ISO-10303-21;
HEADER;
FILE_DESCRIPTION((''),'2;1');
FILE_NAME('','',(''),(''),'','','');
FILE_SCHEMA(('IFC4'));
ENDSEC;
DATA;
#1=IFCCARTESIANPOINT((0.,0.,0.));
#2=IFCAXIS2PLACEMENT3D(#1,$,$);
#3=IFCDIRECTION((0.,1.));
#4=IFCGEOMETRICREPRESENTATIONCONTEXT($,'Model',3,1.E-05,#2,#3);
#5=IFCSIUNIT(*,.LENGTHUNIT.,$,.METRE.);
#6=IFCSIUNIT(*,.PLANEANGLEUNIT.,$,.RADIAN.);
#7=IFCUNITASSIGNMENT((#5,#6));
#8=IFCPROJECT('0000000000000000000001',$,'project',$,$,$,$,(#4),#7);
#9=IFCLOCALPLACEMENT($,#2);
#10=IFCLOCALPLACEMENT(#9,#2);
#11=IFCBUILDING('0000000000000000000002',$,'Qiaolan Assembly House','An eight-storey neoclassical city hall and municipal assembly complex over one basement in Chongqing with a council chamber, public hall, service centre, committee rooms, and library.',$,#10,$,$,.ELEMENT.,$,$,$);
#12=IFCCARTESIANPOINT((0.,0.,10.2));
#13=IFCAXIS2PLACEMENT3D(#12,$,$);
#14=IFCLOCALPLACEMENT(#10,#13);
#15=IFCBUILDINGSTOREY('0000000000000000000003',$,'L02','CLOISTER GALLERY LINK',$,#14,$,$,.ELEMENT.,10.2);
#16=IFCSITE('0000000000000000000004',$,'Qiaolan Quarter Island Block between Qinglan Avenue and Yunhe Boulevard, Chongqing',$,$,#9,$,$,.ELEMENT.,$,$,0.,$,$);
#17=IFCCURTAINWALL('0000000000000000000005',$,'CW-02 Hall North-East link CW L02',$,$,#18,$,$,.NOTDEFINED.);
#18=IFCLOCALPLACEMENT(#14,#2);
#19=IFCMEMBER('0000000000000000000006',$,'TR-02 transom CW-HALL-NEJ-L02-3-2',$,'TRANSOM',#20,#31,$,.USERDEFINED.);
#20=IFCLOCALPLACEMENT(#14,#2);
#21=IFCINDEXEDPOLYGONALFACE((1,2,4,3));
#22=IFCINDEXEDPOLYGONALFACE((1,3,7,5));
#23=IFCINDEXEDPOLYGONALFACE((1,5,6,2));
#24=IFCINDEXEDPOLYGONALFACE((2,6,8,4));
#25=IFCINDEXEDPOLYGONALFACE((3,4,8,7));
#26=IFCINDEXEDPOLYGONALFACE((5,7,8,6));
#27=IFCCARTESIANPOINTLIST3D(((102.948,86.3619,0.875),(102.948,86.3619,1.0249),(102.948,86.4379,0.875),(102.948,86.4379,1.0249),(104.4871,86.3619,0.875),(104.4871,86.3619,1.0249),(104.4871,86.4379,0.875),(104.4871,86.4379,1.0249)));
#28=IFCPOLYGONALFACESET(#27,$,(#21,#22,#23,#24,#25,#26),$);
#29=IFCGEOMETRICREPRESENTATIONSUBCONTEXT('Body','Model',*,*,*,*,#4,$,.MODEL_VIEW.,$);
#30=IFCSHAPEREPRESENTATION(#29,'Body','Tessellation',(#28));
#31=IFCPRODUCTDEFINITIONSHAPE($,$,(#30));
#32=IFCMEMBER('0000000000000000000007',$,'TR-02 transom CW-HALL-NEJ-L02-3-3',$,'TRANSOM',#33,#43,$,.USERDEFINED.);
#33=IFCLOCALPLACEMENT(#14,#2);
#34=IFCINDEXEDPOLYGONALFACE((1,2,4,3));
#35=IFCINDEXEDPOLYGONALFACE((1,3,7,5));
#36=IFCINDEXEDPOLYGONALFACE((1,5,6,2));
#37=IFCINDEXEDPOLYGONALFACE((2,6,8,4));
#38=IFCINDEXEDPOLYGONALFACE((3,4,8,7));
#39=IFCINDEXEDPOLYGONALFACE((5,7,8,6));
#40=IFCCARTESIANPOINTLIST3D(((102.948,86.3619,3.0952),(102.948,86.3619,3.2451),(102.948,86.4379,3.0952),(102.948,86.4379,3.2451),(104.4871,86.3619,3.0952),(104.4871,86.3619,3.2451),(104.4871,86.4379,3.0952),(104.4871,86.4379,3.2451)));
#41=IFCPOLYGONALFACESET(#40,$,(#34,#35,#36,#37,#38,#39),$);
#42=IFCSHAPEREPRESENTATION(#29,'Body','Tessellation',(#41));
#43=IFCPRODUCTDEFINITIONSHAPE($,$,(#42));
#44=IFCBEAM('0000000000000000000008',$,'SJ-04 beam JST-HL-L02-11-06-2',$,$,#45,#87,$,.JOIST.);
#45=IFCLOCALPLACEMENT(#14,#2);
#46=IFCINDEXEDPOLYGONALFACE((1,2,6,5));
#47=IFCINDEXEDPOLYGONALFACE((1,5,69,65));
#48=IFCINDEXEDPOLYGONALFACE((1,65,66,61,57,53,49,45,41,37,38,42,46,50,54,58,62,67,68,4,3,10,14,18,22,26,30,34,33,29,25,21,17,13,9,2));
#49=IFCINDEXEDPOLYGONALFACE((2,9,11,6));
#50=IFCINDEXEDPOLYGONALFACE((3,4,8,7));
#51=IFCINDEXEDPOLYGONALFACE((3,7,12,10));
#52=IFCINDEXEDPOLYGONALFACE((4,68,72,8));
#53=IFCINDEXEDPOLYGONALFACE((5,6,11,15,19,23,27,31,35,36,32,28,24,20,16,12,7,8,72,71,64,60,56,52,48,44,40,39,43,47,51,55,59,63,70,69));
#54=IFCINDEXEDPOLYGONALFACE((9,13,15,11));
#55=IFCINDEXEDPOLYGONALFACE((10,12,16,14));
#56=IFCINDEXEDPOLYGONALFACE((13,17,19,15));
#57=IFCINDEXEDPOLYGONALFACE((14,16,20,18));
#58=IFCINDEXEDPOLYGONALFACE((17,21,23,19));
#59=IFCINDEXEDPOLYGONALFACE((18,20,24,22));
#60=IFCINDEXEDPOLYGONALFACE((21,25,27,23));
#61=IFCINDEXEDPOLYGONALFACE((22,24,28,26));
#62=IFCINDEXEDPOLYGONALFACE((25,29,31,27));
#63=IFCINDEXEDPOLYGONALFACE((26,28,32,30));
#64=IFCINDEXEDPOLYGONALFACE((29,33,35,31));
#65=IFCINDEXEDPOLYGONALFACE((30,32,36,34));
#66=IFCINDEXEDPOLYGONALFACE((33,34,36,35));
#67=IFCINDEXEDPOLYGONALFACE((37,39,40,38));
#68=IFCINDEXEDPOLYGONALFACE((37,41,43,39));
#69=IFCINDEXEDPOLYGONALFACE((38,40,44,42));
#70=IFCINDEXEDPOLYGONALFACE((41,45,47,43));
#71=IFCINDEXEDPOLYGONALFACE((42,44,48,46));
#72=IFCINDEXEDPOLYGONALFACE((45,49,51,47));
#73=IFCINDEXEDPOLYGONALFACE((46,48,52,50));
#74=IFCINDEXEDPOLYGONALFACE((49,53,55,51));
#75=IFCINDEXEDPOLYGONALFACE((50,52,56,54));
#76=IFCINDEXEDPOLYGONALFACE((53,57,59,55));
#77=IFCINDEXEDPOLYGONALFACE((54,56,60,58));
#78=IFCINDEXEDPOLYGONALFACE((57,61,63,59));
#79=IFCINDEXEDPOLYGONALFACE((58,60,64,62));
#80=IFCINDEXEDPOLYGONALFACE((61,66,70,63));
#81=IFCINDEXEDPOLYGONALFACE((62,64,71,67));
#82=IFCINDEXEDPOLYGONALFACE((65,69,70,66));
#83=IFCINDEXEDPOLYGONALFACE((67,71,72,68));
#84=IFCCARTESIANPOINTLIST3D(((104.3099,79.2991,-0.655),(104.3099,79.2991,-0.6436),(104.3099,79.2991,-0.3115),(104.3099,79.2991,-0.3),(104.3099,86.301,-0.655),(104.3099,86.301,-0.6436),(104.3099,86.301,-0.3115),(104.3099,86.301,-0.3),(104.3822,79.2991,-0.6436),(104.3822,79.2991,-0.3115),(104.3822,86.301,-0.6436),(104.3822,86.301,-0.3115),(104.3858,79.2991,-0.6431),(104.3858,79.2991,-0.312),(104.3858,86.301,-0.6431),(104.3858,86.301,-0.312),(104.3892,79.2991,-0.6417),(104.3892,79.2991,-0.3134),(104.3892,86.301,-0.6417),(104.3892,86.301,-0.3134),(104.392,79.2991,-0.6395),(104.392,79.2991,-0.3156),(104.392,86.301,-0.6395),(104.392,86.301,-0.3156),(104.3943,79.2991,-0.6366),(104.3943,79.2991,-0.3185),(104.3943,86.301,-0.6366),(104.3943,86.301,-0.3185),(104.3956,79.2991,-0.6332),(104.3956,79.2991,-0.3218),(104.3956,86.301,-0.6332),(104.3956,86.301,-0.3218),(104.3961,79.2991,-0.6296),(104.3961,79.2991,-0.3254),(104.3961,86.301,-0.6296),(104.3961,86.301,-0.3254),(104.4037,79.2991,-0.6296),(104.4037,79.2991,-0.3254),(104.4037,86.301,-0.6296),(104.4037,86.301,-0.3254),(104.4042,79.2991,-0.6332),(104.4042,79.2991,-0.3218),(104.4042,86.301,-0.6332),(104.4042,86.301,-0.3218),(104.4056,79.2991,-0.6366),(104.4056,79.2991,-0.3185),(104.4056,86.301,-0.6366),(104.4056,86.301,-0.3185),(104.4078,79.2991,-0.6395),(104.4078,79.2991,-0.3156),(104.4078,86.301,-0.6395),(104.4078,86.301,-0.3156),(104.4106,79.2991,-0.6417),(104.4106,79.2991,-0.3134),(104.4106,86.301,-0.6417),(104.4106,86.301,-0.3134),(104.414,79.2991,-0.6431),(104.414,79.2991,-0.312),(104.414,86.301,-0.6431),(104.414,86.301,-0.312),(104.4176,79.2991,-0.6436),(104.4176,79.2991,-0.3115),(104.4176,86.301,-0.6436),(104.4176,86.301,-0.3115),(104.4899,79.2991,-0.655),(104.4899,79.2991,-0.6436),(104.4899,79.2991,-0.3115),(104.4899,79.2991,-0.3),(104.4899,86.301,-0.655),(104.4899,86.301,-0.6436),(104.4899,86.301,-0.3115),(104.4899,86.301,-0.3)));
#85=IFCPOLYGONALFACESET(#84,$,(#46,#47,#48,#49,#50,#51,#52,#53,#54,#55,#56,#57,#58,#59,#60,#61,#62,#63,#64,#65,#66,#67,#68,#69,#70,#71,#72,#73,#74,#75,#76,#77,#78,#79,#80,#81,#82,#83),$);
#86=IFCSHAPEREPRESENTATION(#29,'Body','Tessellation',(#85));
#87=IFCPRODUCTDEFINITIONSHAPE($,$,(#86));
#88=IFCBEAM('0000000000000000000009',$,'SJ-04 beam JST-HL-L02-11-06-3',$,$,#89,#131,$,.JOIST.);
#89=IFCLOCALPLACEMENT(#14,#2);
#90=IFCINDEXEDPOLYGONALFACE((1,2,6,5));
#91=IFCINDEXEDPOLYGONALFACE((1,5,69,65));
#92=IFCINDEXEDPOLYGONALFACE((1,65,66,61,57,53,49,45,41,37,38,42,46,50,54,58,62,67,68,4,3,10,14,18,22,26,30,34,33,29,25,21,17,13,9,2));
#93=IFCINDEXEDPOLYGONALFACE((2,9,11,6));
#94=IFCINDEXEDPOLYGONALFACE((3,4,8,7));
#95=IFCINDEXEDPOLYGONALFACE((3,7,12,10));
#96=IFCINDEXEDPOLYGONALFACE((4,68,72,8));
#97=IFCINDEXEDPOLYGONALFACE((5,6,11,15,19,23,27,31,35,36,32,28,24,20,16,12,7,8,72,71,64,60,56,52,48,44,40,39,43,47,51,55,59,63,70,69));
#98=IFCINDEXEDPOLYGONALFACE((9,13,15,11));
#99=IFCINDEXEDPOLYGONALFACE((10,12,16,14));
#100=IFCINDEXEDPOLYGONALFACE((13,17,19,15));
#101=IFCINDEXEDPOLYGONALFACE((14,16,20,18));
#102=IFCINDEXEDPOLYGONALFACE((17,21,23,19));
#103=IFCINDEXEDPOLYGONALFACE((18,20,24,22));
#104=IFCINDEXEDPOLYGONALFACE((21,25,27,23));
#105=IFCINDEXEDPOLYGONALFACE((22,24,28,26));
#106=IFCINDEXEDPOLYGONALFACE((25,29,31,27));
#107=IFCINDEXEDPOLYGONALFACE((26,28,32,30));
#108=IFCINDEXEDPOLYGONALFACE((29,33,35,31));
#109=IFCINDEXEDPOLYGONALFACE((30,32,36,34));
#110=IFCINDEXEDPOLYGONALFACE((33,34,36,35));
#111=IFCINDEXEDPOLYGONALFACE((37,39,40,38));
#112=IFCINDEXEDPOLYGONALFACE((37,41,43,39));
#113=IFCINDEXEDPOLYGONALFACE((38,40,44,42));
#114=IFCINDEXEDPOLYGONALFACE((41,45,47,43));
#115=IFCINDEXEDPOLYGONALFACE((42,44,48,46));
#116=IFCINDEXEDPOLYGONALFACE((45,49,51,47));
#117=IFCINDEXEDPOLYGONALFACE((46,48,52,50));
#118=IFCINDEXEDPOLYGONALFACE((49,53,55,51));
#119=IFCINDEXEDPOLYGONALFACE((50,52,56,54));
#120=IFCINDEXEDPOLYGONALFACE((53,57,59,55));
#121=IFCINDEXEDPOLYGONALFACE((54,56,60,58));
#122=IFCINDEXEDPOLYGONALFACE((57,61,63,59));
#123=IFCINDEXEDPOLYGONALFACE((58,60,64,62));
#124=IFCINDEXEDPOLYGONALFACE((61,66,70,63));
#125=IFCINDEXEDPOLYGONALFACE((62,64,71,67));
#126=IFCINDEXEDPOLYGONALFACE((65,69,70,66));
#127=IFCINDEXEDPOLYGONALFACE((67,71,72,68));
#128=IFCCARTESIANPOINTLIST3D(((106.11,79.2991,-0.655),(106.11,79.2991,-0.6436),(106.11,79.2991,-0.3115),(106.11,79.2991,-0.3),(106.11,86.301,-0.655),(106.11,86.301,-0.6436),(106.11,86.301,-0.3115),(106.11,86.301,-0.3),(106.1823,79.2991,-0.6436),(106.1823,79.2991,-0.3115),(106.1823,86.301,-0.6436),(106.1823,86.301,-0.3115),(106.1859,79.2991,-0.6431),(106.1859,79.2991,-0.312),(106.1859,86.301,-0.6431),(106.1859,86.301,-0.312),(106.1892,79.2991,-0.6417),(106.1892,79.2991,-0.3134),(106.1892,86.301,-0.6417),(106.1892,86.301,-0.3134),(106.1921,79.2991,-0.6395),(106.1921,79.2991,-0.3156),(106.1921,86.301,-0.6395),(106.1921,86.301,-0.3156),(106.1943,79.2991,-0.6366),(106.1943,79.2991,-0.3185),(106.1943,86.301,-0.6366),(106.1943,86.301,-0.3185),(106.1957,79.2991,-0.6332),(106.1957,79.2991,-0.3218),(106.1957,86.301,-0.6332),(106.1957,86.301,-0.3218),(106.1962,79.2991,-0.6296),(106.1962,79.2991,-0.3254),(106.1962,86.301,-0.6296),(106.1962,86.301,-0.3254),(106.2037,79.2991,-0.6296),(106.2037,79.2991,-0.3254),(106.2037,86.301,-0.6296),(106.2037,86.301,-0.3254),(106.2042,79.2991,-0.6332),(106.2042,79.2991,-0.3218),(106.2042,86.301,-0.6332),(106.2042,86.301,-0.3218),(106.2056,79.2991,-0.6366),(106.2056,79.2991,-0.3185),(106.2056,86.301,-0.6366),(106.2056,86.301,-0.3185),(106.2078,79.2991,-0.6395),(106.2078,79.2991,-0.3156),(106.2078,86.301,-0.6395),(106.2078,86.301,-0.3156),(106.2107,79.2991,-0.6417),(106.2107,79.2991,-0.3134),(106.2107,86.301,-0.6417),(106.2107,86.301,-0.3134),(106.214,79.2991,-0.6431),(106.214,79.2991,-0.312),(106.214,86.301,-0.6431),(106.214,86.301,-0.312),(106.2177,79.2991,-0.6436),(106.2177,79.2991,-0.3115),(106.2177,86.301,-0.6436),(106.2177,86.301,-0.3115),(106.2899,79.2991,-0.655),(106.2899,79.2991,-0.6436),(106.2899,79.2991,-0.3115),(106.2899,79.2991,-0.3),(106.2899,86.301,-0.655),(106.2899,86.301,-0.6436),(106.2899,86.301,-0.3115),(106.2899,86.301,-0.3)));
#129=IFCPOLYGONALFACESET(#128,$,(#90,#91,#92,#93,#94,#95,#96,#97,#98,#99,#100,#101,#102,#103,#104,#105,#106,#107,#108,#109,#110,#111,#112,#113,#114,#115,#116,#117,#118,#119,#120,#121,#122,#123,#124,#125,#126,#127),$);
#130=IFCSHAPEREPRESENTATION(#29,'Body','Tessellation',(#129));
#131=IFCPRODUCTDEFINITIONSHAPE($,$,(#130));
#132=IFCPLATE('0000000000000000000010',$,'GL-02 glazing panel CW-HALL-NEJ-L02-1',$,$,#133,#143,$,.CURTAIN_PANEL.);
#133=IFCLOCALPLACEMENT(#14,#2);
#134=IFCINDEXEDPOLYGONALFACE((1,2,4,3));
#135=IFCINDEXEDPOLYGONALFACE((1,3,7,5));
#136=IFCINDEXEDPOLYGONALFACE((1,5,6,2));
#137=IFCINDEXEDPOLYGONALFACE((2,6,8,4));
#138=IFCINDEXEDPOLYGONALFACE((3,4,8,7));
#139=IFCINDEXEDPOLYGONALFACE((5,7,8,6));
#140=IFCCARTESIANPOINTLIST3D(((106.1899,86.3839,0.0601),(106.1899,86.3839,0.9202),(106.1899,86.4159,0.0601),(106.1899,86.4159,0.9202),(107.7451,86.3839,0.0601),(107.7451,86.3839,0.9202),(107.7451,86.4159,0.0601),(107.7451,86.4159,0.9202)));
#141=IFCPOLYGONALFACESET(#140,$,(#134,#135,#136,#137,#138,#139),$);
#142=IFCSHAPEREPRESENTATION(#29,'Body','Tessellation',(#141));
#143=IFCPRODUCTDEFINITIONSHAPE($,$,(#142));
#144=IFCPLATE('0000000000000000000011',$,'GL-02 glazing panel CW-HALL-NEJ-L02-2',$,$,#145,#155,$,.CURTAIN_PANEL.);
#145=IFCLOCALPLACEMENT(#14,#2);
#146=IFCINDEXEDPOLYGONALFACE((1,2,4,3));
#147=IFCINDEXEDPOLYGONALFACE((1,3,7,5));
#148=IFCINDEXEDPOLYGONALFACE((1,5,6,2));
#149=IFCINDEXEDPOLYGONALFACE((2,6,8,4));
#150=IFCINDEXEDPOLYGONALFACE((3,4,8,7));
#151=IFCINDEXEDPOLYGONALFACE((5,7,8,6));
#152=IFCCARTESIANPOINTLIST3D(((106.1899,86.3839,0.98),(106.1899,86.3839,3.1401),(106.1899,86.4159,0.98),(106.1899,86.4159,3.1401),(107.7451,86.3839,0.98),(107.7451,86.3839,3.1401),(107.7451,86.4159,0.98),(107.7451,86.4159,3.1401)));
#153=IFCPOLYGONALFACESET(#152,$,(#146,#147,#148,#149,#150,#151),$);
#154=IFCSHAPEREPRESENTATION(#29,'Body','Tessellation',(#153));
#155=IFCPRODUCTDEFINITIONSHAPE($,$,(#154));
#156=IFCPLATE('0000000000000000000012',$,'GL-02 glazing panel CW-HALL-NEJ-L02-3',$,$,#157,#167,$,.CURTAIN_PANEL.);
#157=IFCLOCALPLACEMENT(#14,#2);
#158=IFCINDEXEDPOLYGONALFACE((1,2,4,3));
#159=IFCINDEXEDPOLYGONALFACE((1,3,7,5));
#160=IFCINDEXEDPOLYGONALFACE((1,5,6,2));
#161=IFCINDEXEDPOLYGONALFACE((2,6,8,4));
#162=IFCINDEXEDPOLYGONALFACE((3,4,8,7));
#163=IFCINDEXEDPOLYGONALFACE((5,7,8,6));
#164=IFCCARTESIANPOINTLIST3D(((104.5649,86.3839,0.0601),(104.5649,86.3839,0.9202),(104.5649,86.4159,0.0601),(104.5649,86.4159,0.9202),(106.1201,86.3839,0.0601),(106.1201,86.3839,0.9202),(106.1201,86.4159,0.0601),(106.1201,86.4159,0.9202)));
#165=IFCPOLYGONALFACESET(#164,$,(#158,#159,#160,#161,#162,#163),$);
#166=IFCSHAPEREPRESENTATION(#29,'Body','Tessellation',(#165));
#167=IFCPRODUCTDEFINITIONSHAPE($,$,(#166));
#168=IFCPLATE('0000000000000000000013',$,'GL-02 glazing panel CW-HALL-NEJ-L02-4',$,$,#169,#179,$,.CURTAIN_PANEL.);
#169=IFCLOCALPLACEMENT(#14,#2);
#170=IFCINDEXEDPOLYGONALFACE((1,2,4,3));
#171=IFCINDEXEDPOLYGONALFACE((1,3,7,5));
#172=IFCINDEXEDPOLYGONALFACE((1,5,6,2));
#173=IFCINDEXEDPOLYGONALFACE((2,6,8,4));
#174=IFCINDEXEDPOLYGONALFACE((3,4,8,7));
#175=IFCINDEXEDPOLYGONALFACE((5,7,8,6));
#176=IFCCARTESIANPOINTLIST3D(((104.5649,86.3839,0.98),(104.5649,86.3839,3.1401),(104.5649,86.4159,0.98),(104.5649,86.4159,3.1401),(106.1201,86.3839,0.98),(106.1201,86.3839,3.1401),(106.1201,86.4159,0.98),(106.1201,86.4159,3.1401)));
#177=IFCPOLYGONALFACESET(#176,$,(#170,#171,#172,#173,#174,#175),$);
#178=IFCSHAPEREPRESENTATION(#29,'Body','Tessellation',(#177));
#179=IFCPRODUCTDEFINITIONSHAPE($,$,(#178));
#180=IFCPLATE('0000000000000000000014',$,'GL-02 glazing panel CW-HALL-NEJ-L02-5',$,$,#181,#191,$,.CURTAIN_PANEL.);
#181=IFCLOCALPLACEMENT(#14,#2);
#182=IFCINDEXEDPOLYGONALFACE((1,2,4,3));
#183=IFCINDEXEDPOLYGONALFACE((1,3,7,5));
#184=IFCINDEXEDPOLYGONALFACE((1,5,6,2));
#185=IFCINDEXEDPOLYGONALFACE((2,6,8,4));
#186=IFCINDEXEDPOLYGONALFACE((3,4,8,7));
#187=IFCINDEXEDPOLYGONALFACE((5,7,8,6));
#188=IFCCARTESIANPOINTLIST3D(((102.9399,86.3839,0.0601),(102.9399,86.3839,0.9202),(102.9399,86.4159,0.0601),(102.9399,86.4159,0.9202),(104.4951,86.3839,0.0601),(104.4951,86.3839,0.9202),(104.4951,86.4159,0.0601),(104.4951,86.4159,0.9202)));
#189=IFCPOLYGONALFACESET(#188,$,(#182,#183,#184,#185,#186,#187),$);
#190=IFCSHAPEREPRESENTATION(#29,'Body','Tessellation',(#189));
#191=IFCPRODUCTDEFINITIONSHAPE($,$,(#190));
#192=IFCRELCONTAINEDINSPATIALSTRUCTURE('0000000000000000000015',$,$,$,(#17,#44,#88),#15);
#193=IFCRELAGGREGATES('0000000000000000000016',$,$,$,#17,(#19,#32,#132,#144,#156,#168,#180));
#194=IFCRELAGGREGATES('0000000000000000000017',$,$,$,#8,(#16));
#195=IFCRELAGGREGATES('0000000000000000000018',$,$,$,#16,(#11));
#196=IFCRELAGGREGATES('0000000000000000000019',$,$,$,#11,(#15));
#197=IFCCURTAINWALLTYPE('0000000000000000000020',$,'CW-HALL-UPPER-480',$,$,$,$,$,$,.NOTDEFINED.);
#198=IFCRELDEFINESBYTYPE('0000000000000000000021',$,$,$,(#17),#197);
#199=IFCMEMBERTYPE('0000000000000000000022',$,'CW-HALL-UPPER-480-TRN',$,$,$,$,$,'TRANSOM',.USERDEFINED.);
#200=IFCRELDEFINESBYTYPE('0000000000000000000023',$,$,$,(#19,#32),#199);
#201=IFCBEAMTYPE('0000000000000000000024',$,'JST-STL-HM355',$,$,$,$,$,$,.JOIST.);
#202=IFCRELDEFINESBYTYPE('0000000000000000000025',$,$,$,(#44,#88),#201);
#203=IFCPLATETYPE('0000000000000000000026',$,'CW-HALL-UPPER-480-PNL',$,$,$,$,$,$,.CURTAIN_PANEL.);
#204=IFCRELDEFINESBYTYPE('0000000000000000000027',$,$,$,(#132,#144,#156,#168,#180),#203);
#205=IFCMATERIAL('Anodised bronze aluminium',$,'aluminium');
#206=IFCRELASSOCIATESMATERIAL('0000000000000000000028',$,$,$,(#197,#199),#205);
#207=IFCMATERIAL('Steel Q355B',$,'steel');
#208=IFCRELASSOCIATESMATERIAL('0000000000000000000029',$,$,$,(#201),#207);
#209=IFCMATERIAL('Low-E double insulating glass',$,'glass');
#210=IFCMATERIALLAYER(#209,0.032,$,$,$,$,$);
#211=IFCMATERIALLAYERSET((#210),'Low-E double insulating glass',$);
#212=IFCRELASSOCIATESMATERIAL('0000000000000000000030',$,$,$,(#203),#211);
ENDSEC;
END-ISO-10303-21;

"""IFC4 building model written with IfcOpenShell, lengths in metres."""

from ifc_helpers import new_model, si_unit, direction, frame, frame_2d, origin, origin_2d, place, context, subcontext, project, spatial, rectangle, i_section, extrude, material, layer, layer_set, material_profile, profile_set, type_object, element, aggregate, save


model = new_model("IFC4")

# Units and contexts
model_context = context("Model", 3, precision=1e-05, world=origin(), true_north=direction((0.0, 1.0)))
body_context = subcontext(model_context, "Body", "Model", "MODEL_VIEW")
ifc_project = project(units=[si_unit("LENGTHUNIT", "METRE"), si_unit("PLANEANGLEUNIT", "RADIAN")], contexts=[model_context])

# Site, building, storey
site_placement = place(None, origin())
site = spatial("IfcSite", under=ifc_project, at=site_placement, Name="Qiaolan Quarter Island Block between Qinglan Avenue and Yunhe Boulevard, Chongqing", CompositionType="ELEMENT", RefElevation=0.0)
building_placement = place(site_placement, origin())
building = spatial("IfcBuilding", under=site, at=building_placement, Name="Qiaolan Assembly House", Description="An eight-storey neoclassical city hall and municipal assembly complex over one basement in Chongqing with a council chamber, public hall, service centre, committee rooms, and library.", CompositionType="ELEMENT")
storey_placement = place(building_placement, frame((0.0, 0.0, 10.2)))
storey = spatial("IfcBuildingStorey", under=building, at=storey_placement, Name="L02", Description="CLOISTER GALLERY LINK", CompositionType="ELEMENT", Elevation=10.2)

# Shared definitions
ifc_material_1 = material(Name="Steel Q355B", Category="steel")

# Curtain wall, members
ifc_material_2 = material(Name="Anodised bronze aluminium", Category="aluminium")
curtain_wall_type = type_object("IfcCurtainWallType", Name="CW-HALL-UPPER-480", PredefinedType="NOTDEFINED", material=ifc_material_2)
curtain_wall_placement = place(storey_placement, origin())
curtain_wall = element("IfcCurtainWall", 1, at=curtain_wall_placement, inside=storey, type_object=curtain_wall_type, Name="CW-02 Hall North-East link CW L02", PredefinedType="NOTDEFINED")
ifc_material_profile_1 = material_profile(ifc_material_2, rectangle(XDim=0.0759, YDim=0.1499, at=origin_2d()), Name="TRN 76x150")
ifc_profile_set_1 = profile_set([ifc_material_profile_1], Name="Anodised bronze aluminium")
member_type_1 = type_object("IfcMemberType", Name="CW-HALL-UPPER-480-TRN", ElementType="TRANSOM", PredefinedType="USERDEFINED", material=ifc_profile_set_1)
member_1_placement = place(storey_placement, frame((104.4871, 86.3999, 0.95), z_axis=(-1.0, 0.0, 0.0), x_axis=(0.0, -1.0, 0.0)))
member_1 = element("IfcMember", 2, at=member_1_placement, type_object=member_type_1, Name="TR-02 transom CW-HALL-NEJ-L02-3-2", ObjectType="TRANSOM", PredefinedType="USERDEFINED", context=body_context, shape_type="SweptSolid", body=[
    extrude(rectangle(XDim=0.0759, YDim=0.1499, at=origin_2d()), origin(), (0.0, 0.0, 1.0), 1.5391),
])
member_2_placement = place(storey_placement, frame((104.4871, 86.3999, 3.1702), z_axis=(-1.0, 0.0, 0.0), x_axis=(0.0, -1.0, 0.0)))
member_2 = element("IfcMember", 3, at=member_2_placement, type_object=member_type_1, Name="TR-02 transom CW-HALL-NEJ-L02-3-3", ObjectType="TRANSOM", PredefinedType="USERDEFINED", context=body_context, shape_type="SweptSolid", body=[
    extrude(rectangle(XDim=0.0759, YDim=0.1499, at=origin_2d()), origin(), (0.0, 0.0, 1.0), 1.5391),
])

# Beams
ifc_material_profile_2 = material_profile(ifc_material_1, i_section(OverallWidth=0.1799, OverallDepth=0.355, WebThickness=0.0076, FlangeThickness=0.0115, FilletRadius=0.0139, at=origin_2d()), Name="HM 355x180x7.5x11.5")
ifc_profile_set_2 = profile_set([ifc_material_profile_2], Name="Steel Q355B")
beam_type_1 = type_object("IfcBeamType", Name="JST-STL-HM355", PredefinedType="JOIST", material=ifc_profile_set_2)
for number, where, z_axis, x_axis, name in (
    (4, (104.3999, 79.2991, -0.4775), (0.0, 1.0, 0.0), (-1.0, 0.0, 0.0), "SJ-04 beam JST-HL-L02-11-06-2"),
    (5, (106.2, 79.2991, -0.4775), (0.0, 1.0, 0.0), (-1.0, 0.0, 0.0), "SJ-04 beam JST-HL-L02-11-06-3"),
):
    element("IfcBeam", number, at=place(storey_placement, frame(where, z_axis=z_axis, x_axis=x_axis)), inside=storey, type_object=beam_type_1, Name=name, PredefinedType="JOIST", context=body_context, shape_type="SweptSolid", body=[
        extrude(i_section(OverallWidth=0.1799, OverallDepth=0.355, WebThickness=0.0076, FlangeThickness=0.0115, FilletRadius=0.0139, at=origin_2d()), origin(), (0.0, 0.0, 1.0), 7.002),
    ])

# Plates
ifc_material_3 = material(Name="Low-E double insulating glass", Category="glass")
ifc_layer = layer(ifc_material_3, 0.032)
ifc_layer_set = layer_set([ifc_layer], Name="Low-E double insulating glass")
plate_type = type_object("IfcPlateType", Name="CW-HALL-UPPER-480-PNL", PredefinedType="CURTAIN_PANEL", material=ifc_layer_set)
plate_1_placement = place(storey_placement, frame((107.7451, 86.3999, 0.0601), z_axis=(0.0, 0.0, 1.0), x_axis=(-1.0, 0.0, 0.0)))
plate_1 = element("IfcPlate", 6, at=plate_1_placement, type_object=plate_type, Name="GL-02 glazing panel CW-HALL-NEJ-L02-1", PredefinedType="CURTAIN_PANEL", context=body_context, shape_type="SweptSolid", body=[
    extrude(rectangle(XDim=1.5552, YDim=0.032, at=frame_2d((0.7776, 0.0))), origin(), (0.0, 0.0, 1.0), 0.8601),
])
plate_2_placement = place(storey_placement, frame((107.7451, 86.3999, 0.98), z_axis=(0.0, 0.0, 1.0), x_axis=(-1.0, 0.0, 0.0)))
plate_2 = element("IfcPlate", 7, at=plate_2_placement, type_object=plate_type, Name="GL-02 glazing panel CW-HALL-NEJ-L02-2", PredefinedType="CURTAIN_PANEL", context=body_context, shape_type="SweptSolid", body=[
    extrude(rectangle(XDim=1.5552, YDim=0.032, at=frame_2d((0.7776, 0.0))), origin(), (0.0, 0.0, 1.0), 2.1602),
])
plate_3_placement = place(storey_placement, frame((106.1201, 86.3999, 0.0601), z_axis=(0.0, 0.0, 1.0), x_axis=(-1.0, 0.0, 0.0)))
plate_3 = element("IfcPlate", 8, at=plate_3_placement, type_object=plate_type, Name="GL-02 glazing panel CW-HALL-NEJ-L02-3", PredefinedType="CURTAIN_PANEL", context=body_context, shape_type="SweptSolid", body=[
    extrude(rectangle(XDim=1.5552, YDim=0.032, at=frame_2d((0.7776, 0.0))), origin(), (0.0, 0.0, 1.0), 0.8601),
])
plate_4_placement = place(storey_placement, frame((106.1201, 86.3999, 0.98), z_axis=(0.0, 0.0, 1.0), x_axis=(-1.0, 0.0, 0.0)))
plate_4 = element("IfcPlate", 9, at=plate_4_placement, type_object=plate_type, Name="GL-02 glazing panel CW-HALL-NEJ-L02-4", PredefinedType="CURTAIN_PANEL", context=body_context, shape_type="SweptSolid", body=[
    extrude(rectangle(XDim=1.5552, YDim=0.032, at=frame_2d((0.7776, 0.0))), origin(), (0.0, 0.0, 1.0), 2.1602),
])
plate_5_placement = place(storey_placement, frame((104.4951, 86.3999, 0.0601), z_axis=(0.0, 0.0, 1.0), x_axis=(-1.0, 0.0, 0.0)))
plate_5 = element("IfcPlate", 10, at=plate_5_placement, type_object=plate_type, Name="GL-02 glazing panel CW-HALL-NEJ-L02-5", PredefinedType="CURTAIN_PANEL", context=body_context, shape_type="SweptSolid", body=[
    extrude(rectangle(XDim=1.5552, YDim=0.032, at=frame_2d((0.7776, 0.0))), origin(), (0.0, 0.0, 1.0), 0.8601),
])
aggregate(curtain_wall, [member_1, member_2, plate_1, plate_2, plate_3, plate_4, plate_5])

save(model, "model.ifc")
